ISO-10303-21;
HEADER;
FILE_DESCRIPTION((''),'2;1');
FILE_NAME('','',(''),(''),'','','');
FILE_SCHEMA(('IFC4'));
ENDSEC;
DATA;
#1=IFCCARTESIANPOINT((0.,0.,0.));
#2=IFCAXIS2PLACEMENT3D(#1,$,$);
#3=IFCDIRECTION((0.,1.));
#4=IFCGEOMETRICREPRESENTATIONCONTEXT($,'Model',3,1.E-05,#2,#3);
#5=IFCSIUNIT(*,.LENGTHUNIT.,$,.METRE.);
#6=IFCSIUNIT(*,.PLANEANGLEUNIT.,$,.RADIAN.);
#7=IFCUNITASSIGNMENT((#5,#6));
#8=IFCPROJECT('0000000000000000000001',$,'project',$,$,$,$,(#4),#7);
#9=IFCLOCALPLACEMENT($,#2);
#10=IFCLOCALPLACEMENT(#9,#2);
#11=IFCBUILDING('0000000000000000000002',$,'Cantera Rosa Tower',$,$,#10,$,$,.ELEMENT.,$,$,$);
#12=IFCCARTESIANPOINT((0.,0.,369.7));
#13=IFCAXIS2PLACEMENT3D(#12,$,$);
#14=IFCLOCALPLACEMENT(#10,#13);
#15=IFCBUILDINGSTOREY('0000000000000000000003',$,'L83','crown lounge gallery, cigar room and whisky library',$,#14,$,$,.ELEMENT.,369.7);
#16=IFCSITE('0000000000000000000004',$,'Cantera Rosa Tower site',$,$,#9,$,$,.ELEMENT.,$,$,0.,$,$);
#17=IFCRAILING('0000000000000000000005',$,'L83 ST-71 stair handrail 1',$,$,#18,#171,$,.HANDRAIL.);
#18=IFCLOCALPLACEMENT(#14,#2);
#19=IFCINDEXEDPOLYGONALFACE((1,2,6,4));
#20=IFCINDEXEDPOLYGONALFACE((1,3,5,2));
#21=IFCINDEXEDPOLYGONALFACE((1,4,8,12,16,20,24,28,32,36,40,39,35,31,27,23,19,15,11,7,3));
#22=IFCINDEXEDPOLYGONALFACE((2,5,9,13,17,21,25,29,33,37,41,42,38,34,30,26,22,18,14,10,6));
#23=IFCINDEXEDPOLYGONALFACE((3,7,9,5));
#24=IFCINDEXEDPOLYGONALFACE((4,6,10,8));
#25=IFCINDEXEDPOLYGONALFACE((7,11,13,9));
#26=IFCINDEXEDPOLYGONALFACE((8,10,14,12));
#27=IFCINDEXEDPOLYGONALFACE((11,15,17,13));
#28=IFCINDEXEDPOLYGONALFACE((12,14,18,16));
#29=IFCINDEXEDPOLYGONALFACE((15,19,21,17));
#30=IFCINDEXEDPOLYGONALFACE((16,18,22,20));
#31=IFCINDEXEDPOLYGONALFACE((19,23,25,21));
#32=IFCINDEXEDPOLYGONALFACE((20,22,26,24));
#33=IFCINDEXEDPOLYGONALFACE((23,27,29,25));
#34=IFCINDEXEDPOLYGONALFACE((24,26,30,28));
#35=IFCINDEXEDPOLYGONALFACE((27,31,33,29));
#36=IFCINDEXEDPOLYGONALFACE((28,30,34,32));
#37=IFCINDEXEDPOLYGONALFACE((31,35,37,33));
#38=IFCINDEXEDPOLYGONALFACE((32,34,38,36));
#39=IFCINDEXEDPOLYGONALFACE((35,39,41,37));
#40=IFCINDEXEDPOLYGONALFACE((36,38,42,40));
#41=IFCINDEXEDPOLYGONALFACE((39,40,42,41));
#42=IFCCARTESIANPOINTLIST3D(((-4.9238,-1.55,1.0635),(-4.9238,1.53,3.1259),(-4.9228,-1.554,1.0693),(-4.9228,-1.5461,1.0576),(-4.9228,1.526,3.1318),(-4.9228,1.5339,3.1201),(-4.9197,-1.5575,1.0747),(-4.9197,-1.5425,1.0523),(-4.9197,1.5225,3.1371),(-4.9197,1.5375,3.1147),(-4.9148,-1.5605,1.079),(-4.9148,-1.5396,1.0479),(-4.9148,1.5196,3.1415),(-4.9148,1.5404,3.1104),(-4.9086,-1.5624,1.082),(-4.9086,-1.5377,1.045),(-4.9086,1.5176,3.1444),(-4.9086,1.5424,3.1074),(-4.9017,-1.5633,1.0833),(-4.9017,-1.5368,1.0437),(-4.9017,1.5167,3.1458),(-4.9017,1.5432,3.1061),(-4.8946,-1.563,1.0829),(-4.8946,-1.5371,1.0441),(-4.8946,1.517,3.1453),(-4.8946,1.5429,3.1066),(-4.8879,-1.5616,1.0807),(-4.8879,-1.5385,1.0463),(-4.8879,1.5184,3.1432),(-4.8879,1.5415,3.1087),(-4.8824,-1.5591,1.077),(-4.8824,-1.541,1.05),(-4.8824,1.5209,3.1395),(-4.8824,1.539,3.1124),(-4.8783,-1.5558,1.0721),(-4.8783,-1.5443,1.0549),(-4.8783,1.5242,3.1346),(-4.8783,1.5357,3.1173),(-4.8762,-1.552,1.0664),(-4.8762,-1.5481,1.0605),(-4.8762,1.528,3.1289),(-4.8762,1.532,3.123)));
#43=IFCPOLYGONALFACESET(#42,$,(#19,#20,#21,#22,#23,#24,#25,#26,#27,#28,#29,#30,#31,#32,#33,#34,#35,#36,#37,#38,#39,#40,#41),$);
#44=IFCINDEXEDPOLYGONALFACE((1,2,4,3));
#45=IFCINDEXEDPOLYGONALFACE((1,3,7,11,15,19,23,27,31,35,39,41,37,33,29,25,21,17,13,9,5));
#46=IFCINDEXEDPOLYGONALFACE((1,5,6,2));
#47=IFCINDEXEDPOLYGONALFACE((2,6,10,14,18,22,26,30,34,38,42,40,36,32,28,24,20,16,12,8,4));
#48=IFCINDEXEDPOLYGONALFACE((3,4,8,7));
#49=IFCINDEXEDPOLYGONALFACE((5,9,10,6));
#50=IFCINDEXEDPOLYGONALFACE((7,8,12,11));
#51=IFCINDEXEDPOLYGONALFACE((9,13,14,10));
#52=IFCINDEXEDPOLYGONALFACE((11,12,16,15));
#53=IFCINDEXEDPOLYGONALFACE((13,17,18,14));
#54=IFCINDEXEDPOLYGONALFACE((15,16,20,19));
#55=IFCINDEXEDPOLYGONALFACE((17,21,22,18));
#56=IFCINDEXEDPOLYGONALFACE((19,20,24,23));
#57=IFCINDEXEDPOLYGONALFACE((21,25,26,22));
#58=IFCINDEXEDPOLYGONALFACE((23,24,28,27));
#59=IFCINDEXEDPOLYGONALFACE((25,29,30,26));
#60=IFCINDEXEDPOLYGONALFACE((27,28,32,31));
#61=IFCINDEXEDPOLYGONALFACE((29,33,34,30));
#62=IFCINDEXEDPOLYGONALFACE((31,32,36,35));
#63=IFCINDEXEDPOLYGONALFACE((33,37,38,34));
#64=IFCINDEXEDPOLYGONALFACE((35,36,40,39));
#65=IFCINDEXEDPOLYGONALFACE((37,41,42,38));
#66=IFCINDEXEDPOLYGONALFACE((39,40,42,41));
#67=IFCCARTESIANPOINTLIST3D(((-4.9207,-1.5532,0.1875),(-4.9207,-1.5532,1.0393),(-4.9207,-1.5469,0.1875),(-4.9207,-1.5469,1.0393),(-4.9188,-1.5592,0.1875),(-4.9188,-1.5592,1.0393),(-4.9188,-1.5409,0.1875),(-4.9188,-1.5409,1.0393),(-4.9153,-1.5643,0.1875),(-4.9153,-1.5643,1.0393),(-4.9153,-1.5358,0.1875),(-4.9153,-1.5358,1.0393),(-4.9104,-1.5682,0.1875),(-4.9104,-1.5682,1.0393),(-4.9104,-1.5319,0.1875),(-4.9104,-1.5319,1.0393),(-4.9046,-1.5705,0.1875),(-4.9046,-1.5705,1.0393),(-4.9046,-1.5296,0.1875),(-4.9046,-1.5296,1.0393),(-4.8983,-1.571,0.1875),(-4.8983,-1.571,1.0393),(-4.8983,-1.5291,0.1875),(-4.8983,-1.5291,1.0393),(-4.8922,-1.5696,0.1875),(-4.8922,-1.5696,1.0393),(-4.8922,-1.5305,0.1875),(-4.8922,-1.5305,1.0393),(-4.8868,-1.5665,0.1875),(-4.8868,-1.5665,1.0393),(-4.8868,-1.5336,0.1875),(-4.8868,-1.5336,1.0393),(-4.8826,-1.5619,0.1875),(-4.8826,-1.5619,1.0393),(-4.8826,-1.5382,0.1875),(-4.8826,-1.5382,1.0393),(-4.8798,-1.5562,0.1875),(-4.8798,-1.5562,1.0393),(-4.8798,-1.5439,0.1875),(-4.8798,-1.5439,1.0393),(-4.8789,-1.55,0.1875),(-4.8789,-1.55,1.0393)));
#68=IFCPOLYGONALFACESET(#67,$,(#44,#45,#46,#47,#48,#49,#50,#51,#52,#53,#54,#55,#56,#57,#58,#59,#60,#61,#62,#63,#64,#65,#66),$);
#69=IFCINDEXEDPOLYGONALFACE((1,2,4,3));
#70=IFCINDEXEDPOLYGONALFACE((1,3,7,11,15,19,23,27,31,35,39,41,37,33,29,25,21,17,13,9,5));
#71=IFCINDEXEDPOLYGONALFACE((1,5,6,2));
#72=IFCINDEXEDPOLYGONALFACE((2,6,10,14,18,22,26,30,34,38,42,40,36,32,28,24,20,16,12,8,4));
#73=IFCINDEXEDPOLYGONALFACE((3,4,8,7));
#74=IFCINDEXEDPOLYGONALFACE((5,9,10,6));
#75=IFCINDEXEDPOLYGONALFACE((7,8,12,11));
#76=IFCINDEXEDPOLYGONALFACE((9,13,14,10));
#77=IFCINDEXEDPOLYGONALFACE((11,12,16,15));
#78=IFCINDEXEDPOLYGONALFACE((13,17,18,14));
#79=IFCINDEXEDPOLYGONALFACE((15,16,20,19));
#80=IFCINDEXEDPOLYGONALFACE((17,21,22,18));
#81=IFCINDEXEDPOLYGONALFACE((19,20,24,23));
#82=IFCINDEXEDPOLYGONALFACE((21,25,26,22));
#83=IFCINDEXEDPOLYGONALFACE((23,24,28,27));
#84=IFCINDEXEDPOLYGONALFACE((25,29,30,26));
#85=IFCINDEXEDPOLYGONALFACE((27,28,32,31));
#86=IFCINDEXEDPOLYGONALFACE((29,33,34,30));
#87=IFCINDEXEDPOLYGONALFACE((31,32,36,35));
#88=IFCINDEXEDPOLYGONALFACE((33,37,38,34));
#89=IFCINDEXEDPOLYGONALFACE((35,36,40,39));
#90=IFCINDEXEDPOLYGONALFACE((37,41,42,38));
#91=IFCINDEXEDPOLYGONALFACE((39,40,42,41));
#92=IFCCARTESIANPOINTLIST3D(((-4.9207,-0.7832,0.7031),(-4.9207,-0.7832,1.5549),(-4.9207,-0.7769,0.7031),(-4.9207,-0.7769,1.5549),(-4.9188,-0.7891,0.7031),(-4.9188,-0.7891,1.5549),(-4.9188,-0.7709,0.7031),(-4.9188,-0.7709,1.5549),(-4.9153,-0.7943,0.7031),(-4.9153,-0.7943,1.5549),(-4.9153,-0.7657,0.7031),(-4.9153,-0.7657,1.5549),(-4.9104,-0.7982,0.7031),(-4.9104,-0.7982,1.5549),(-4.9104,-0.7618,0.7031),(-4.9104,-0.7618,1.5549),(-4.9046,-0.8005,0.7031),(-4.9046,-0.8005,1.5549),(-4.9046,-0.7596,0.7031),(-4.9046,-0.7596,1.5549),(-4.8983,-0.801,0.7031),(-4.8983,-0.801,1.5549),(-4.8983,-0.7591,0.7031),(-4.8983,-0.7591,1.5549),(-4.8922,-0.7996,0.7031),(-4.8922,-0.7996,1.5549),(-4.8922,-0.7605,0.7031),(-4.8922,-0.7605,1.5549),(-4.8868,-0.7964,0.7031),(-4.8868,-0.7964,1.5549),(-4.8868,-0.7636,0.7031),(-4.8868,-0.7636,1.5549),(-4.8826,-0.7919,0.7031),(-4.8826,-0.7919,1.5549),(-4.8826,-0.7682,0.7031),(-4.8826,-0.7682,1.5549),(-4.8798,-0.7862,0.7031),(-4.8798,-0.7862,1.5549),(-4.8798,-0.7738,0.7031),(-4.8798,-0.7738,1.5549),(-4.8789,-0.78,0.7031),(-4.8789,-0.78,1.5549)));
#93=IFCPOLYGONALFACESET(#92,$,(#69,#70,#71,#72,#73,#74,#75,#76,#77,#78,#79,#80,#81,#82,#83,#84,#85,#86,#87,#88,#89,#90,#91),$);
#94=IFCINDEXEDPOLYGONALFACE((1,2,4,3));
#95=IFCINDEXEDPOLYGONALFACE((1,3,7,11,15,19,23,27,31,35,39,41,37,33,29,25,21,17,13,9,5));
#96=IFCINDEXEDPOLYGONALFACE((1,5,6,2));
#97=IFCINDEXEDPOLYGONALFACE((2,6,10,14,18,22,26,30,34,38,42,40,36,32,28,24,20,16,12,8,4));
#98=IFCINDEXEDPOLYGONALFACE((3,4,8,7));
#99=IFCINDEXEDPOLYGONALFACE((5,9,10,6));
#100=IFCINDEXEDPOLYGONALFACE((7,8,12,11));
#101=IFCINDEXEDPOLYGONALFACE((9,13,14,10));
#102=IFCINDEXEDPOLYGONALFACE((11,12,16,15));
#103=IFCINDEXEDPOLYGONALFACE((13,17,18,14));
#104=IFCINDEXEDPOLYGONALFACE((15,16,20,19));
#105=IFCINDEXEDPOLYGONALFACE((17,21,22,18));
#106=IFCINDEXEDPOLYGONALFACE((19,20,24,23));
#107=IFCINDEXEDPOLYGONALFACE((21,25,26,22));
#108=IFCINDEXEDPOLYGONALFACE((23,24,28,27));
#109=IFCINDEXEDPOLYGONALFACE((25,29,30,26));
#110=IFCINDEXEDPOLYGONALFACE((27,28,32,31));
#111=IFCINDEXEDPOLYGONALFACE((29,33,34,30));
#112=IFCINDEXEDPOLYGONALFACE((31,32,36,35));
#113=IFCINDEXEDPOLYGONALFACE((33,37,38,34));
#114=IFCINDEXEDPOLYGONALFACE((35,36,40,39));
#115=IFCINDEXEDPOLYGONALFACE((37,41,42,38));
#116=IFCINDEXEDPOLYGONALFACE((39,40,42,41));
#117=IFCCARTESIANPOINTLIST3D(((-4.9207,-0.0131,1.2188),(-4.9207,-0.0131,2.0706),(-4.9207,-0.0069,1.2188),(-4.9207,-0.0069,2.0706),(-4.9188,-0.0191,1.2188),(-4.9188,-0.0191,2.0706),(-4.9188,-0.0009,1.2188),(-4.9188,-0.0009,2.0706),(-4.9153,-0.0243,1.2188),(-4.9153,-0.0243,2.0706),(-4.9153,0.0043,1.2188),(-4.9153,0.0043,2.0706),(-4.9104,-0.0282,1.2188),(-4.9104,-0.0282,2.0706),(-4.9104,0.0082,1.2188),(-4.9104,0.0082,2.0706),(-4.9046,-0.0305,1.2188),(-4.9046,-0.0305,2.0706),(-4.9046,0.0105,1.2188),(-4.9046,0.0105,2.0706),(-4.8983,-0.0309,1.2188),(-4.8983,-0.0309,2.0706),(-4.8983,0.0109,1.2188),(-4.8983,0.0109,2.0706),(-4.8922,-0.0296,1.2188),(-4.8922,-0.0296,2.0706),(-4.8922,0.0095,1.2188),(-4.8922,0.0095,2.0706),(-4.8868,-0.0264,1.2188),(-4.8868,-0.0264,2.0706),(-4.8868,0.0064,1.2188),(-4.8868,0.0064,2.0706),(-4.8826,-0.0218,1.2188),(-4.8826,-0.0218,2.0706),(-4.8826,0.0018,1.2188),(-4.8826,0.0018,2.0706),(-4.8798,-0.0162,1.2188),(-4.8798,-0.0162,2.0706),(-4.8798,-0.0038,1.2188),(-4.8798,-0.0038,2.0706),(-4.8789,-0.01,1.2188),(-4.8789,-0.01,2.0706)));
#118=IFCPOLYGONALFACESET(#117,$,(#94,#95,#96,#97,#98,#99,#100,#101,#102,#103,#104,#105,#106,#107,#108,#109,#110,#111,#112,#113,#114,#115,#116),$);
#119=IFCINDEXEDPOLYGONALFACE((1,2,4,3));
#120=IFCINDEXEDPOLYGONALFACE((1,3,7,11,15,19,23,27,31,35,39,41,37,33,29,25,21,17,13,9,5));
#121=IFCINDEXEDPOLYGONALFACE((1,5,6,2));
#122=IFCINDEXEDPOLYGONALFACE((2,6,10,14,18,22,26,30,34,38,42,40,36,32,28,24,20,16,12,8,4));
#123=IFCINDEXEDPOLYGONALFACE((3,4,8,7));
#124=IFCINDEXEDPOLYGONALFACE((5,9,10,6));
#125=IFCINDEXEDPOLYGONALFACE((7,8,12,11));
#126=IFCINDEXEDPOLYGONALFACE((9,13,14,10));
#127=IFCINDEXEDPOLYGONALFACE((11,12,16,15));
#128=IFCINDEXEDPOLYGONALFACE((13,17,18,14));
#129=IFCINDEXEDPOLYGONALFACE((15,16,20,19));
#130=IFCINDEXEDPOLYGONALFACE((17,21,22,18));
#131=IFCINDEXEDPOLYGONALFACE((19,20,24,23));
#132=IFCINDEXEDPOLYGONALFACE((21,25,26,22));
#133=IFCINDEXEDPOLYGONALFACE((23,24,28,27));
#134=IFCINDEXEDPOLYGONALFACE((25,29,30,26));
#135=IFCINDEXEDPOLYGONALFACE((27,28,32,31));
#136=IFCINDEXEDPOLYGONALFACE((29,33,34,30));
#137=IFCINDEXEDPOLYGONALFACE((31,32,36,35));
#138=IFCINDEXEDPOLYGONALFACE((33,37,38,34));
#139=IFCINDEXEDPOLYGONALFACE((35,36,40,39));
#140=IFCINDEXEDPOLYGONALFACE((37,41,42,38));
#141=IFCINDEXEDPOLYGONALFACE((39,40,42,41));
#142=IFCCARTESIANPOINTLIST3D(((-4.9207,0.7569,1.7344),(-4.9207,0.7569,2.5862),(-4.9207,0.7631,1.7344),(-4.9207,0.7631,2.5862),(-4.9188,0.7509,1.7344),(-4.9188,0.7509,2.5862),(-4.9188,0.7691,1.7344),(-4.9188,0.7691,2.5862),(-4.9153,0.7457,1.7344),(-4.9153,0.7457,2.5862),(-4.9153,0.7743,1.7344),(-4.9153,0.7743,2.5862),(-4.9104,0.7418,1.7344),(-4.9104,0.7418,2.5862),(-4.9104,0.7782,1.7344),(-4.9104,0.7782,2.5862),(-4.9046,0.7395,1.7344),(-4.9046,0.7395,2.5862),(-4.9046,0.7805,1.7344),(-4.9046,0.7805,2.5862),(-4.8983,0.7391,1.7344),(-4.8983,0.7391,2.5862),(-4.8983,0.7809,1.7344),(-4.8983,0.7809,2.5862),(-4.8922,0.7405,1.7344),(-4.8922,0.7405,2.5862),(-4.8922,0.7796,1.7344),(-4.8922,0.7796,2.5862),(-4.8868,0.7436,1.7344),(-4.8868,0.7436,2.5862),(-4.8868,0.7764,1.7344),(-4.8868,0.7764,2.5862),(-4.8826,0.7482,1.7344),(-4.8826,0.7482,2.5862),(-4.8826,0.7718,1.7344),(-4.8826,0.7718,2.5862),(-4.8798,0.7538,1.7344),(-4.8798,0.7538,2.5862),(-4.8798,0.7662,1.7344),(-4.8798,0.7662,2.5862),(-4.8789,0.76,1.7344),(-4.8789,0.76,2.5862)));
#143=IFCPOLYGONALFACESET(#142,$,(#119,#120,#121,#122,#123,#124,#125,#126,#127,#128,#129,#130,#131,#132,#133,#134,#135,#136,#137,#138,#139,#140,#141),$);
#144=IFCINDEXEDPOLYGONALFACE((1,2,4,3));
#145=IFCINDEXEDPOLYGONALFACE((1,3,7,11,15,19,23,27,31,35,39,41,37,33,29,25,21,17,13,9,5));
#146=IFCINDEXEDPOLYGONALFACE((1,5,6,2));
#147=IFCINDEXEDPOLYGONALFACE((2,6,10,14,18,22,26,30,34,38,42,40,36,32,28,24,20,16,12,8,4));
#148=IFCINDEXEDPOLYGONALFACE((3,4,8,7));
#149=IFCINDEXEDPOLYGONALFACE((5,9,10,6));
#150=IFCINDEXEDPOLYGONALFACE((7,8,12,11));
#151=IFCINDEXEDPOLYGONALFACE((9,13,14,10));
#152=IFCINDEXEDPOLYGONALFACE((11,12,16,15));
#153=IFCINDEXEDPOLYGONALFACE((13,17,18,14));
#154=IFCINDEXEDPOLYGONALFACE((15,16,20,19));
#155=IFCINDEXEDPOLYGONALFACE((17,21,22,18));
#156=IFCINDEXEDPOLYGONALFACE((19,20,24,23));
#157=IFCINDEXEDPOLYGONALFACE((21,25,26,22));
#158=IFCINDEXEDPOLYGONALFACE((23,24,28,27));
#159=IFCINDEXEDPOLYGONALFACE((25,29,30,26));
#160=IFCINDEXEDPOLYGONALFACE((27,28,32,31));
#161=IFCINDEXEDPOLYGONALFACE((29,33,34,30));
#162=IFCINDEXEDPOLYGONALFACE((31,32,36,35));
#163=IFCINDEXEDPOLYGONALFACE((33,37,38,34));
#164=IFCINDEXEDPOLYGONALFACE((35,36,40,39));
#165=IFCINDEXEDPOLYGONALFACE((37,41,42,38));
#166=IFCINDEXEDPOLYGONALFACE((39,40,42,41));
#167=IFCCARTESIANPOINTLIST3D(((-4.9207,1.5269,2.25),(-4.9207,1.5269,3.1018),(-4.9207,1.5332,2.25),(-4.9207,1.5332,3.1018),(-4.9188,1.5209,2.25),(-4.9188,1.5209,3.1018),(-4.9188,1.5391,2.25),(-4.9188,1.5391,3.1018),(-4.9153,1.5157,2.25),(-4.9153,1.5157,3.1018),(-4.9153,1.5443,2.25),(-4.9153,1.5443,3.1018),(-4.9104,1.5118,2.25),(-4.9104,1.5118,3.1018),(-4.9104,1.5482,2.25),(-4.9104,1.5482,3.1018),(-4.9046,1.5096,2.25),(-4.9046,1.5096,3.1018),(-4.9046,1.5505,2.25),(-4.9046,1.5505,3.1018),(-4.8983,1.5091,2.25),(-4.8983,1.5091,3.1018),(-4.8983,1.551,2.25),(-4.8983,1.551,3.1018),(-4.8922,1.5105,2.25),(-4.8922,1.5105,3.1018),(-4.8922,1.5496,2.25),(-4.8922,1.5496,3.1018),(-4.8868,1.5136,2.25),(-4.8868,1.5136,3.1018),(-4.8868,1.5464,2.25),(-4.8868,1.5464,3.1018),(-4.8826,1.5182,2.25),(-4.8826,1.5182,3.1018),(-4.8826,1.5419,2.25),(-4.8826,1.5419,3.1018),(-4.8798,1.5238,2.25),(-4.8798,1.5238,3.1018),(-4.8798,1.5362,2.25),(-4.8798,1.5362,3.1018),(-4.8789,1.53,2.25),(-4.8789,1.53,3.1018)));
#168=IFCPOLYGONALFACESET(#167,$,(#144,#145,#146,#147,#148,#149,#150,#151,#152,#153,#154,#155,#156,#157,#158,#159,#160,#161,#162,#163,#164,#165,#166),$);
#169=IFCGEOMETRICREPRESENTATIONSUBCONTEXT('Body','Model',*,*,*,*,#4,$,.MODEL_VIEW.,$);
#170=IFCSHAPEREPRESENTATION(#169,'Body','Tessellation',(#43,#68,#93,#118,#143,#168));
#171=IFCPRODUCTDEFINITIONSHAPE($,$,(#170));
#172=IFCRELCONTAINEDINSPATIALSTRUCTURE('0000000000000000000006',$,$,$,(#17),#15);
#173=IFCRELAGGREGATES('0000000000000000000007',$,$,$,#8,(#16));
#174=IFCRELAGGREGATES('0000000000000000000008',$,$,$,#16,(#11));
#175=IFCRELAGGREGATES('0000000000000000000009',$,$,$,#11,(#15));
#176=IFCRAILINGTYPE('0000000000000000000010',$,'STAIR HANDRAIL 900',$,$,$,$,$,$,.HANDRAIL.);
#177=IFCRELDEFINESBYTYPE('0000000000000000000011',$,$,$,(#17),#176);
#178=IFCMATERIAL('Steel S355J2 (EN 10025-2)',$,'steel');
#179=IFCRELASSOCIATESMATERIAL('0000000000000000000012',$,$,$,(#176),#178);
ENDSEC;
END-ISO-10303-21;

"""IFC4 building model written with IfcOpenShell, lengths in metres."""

from ifc_helpers import new_model, si_unit, direction, frame, origin, origin_2d, place, context, subcontext, project, spatial, circle, extrude, material, type_object, element, save


model = new_model("IFC4")

# Units and contexts
model_context = context("Model", 3, precision=1e-05, world=origin(), true_north=direction((0.0, 1.0)))
body_context = subcontext(model_context, "Body", "Model", "MODEL_VIEW")
ifc_project = project(units=[si_unit("LENGTHUNIT", "METRE"), si_unit("PLANEANGLEUNIT", "RADIAN")], contexts=[model_context])

# Site, building, storey
site_placement = place(None, origin())
site = spatial("IfcSite", under=ifc_project, at=site_placement, Name="Cantera Rosa Tower site", CompositionType="ELEMENT", RefElevation=0.0)
building_placement = place(site_placement, origin())
building = spatial("IfcBuilding", under=site, at=building_placement, Name="Cantera Rosa Tower", CompositionType="ELEMENT")
storey_placement = place(building_placement, frame((0.0, 0.0, 369.7)))
storey = spatial("IfcBuildingStorey", under=building, at=storey_placement, Name="L83", Description="crown lounge gallery, cigar room and whisky library", CompositionType="ELEMENT", Elevation=369.7)

# Railing
ifc_material_1 = material(Name="Steel S355J2 (EN 10025-2)", Category="steel")
railing_type_1 = type_object("IfcRailingType", Name="STAIR HANDRAIL 900", PredefinedType="HANDRAIL", material=ifc_material_1)
railing_1_placement = place(storey_placement, frame((-4.8999, -1.55, 0.1875)))
element("IfcRailing", 1, at=railing_1_placement, inside=storey, type_object=railing_type_1, Name="L83 ST-71 stair handrail 1", PredefinedType="HANDRAIL", context=body_context, shape_type="SweptSolid", body=[
    extrude(circle(Radius=0.0239, at=origin_2d()), frame((0.0, 0.0, 0.876), z_axis=(0.0, 0.830914, 0.556401), x_axis=(-1.0, 0.0, 0.0)), (0.0, 0.0, 1.0), 3.7068),
    extrude(circle(Radius=0.021, at=origin_2d()), origin(), (0.0, 0.0, 1.0), 0.8518),
    extrude(circle(Radius=0.021, at=origin_2d()), frame((0.0, 0.77, 0.5156)), (0.0, 0.0, 1.0), 0.8518),
    extrude(circle(Radius=0.021, at=origin_2d()), frame((0.0, 1.54, 1.0312)), (0.0, 0.0, 1.0), 0.8518),
    extrude(circle(Radius=0.021, at=origin_2d()), frame((0.0, 2.3101, 1.5469)), (0.0, 0.0, 1.0), 0.8518),
    extrude(circle(Radius=0.021, at=origin_2d()), frame((0.0, 3.0801, 2.0625)), (0.0, 0.0, 1.0), 0.8518),
])

save(model, "model.ifc")
